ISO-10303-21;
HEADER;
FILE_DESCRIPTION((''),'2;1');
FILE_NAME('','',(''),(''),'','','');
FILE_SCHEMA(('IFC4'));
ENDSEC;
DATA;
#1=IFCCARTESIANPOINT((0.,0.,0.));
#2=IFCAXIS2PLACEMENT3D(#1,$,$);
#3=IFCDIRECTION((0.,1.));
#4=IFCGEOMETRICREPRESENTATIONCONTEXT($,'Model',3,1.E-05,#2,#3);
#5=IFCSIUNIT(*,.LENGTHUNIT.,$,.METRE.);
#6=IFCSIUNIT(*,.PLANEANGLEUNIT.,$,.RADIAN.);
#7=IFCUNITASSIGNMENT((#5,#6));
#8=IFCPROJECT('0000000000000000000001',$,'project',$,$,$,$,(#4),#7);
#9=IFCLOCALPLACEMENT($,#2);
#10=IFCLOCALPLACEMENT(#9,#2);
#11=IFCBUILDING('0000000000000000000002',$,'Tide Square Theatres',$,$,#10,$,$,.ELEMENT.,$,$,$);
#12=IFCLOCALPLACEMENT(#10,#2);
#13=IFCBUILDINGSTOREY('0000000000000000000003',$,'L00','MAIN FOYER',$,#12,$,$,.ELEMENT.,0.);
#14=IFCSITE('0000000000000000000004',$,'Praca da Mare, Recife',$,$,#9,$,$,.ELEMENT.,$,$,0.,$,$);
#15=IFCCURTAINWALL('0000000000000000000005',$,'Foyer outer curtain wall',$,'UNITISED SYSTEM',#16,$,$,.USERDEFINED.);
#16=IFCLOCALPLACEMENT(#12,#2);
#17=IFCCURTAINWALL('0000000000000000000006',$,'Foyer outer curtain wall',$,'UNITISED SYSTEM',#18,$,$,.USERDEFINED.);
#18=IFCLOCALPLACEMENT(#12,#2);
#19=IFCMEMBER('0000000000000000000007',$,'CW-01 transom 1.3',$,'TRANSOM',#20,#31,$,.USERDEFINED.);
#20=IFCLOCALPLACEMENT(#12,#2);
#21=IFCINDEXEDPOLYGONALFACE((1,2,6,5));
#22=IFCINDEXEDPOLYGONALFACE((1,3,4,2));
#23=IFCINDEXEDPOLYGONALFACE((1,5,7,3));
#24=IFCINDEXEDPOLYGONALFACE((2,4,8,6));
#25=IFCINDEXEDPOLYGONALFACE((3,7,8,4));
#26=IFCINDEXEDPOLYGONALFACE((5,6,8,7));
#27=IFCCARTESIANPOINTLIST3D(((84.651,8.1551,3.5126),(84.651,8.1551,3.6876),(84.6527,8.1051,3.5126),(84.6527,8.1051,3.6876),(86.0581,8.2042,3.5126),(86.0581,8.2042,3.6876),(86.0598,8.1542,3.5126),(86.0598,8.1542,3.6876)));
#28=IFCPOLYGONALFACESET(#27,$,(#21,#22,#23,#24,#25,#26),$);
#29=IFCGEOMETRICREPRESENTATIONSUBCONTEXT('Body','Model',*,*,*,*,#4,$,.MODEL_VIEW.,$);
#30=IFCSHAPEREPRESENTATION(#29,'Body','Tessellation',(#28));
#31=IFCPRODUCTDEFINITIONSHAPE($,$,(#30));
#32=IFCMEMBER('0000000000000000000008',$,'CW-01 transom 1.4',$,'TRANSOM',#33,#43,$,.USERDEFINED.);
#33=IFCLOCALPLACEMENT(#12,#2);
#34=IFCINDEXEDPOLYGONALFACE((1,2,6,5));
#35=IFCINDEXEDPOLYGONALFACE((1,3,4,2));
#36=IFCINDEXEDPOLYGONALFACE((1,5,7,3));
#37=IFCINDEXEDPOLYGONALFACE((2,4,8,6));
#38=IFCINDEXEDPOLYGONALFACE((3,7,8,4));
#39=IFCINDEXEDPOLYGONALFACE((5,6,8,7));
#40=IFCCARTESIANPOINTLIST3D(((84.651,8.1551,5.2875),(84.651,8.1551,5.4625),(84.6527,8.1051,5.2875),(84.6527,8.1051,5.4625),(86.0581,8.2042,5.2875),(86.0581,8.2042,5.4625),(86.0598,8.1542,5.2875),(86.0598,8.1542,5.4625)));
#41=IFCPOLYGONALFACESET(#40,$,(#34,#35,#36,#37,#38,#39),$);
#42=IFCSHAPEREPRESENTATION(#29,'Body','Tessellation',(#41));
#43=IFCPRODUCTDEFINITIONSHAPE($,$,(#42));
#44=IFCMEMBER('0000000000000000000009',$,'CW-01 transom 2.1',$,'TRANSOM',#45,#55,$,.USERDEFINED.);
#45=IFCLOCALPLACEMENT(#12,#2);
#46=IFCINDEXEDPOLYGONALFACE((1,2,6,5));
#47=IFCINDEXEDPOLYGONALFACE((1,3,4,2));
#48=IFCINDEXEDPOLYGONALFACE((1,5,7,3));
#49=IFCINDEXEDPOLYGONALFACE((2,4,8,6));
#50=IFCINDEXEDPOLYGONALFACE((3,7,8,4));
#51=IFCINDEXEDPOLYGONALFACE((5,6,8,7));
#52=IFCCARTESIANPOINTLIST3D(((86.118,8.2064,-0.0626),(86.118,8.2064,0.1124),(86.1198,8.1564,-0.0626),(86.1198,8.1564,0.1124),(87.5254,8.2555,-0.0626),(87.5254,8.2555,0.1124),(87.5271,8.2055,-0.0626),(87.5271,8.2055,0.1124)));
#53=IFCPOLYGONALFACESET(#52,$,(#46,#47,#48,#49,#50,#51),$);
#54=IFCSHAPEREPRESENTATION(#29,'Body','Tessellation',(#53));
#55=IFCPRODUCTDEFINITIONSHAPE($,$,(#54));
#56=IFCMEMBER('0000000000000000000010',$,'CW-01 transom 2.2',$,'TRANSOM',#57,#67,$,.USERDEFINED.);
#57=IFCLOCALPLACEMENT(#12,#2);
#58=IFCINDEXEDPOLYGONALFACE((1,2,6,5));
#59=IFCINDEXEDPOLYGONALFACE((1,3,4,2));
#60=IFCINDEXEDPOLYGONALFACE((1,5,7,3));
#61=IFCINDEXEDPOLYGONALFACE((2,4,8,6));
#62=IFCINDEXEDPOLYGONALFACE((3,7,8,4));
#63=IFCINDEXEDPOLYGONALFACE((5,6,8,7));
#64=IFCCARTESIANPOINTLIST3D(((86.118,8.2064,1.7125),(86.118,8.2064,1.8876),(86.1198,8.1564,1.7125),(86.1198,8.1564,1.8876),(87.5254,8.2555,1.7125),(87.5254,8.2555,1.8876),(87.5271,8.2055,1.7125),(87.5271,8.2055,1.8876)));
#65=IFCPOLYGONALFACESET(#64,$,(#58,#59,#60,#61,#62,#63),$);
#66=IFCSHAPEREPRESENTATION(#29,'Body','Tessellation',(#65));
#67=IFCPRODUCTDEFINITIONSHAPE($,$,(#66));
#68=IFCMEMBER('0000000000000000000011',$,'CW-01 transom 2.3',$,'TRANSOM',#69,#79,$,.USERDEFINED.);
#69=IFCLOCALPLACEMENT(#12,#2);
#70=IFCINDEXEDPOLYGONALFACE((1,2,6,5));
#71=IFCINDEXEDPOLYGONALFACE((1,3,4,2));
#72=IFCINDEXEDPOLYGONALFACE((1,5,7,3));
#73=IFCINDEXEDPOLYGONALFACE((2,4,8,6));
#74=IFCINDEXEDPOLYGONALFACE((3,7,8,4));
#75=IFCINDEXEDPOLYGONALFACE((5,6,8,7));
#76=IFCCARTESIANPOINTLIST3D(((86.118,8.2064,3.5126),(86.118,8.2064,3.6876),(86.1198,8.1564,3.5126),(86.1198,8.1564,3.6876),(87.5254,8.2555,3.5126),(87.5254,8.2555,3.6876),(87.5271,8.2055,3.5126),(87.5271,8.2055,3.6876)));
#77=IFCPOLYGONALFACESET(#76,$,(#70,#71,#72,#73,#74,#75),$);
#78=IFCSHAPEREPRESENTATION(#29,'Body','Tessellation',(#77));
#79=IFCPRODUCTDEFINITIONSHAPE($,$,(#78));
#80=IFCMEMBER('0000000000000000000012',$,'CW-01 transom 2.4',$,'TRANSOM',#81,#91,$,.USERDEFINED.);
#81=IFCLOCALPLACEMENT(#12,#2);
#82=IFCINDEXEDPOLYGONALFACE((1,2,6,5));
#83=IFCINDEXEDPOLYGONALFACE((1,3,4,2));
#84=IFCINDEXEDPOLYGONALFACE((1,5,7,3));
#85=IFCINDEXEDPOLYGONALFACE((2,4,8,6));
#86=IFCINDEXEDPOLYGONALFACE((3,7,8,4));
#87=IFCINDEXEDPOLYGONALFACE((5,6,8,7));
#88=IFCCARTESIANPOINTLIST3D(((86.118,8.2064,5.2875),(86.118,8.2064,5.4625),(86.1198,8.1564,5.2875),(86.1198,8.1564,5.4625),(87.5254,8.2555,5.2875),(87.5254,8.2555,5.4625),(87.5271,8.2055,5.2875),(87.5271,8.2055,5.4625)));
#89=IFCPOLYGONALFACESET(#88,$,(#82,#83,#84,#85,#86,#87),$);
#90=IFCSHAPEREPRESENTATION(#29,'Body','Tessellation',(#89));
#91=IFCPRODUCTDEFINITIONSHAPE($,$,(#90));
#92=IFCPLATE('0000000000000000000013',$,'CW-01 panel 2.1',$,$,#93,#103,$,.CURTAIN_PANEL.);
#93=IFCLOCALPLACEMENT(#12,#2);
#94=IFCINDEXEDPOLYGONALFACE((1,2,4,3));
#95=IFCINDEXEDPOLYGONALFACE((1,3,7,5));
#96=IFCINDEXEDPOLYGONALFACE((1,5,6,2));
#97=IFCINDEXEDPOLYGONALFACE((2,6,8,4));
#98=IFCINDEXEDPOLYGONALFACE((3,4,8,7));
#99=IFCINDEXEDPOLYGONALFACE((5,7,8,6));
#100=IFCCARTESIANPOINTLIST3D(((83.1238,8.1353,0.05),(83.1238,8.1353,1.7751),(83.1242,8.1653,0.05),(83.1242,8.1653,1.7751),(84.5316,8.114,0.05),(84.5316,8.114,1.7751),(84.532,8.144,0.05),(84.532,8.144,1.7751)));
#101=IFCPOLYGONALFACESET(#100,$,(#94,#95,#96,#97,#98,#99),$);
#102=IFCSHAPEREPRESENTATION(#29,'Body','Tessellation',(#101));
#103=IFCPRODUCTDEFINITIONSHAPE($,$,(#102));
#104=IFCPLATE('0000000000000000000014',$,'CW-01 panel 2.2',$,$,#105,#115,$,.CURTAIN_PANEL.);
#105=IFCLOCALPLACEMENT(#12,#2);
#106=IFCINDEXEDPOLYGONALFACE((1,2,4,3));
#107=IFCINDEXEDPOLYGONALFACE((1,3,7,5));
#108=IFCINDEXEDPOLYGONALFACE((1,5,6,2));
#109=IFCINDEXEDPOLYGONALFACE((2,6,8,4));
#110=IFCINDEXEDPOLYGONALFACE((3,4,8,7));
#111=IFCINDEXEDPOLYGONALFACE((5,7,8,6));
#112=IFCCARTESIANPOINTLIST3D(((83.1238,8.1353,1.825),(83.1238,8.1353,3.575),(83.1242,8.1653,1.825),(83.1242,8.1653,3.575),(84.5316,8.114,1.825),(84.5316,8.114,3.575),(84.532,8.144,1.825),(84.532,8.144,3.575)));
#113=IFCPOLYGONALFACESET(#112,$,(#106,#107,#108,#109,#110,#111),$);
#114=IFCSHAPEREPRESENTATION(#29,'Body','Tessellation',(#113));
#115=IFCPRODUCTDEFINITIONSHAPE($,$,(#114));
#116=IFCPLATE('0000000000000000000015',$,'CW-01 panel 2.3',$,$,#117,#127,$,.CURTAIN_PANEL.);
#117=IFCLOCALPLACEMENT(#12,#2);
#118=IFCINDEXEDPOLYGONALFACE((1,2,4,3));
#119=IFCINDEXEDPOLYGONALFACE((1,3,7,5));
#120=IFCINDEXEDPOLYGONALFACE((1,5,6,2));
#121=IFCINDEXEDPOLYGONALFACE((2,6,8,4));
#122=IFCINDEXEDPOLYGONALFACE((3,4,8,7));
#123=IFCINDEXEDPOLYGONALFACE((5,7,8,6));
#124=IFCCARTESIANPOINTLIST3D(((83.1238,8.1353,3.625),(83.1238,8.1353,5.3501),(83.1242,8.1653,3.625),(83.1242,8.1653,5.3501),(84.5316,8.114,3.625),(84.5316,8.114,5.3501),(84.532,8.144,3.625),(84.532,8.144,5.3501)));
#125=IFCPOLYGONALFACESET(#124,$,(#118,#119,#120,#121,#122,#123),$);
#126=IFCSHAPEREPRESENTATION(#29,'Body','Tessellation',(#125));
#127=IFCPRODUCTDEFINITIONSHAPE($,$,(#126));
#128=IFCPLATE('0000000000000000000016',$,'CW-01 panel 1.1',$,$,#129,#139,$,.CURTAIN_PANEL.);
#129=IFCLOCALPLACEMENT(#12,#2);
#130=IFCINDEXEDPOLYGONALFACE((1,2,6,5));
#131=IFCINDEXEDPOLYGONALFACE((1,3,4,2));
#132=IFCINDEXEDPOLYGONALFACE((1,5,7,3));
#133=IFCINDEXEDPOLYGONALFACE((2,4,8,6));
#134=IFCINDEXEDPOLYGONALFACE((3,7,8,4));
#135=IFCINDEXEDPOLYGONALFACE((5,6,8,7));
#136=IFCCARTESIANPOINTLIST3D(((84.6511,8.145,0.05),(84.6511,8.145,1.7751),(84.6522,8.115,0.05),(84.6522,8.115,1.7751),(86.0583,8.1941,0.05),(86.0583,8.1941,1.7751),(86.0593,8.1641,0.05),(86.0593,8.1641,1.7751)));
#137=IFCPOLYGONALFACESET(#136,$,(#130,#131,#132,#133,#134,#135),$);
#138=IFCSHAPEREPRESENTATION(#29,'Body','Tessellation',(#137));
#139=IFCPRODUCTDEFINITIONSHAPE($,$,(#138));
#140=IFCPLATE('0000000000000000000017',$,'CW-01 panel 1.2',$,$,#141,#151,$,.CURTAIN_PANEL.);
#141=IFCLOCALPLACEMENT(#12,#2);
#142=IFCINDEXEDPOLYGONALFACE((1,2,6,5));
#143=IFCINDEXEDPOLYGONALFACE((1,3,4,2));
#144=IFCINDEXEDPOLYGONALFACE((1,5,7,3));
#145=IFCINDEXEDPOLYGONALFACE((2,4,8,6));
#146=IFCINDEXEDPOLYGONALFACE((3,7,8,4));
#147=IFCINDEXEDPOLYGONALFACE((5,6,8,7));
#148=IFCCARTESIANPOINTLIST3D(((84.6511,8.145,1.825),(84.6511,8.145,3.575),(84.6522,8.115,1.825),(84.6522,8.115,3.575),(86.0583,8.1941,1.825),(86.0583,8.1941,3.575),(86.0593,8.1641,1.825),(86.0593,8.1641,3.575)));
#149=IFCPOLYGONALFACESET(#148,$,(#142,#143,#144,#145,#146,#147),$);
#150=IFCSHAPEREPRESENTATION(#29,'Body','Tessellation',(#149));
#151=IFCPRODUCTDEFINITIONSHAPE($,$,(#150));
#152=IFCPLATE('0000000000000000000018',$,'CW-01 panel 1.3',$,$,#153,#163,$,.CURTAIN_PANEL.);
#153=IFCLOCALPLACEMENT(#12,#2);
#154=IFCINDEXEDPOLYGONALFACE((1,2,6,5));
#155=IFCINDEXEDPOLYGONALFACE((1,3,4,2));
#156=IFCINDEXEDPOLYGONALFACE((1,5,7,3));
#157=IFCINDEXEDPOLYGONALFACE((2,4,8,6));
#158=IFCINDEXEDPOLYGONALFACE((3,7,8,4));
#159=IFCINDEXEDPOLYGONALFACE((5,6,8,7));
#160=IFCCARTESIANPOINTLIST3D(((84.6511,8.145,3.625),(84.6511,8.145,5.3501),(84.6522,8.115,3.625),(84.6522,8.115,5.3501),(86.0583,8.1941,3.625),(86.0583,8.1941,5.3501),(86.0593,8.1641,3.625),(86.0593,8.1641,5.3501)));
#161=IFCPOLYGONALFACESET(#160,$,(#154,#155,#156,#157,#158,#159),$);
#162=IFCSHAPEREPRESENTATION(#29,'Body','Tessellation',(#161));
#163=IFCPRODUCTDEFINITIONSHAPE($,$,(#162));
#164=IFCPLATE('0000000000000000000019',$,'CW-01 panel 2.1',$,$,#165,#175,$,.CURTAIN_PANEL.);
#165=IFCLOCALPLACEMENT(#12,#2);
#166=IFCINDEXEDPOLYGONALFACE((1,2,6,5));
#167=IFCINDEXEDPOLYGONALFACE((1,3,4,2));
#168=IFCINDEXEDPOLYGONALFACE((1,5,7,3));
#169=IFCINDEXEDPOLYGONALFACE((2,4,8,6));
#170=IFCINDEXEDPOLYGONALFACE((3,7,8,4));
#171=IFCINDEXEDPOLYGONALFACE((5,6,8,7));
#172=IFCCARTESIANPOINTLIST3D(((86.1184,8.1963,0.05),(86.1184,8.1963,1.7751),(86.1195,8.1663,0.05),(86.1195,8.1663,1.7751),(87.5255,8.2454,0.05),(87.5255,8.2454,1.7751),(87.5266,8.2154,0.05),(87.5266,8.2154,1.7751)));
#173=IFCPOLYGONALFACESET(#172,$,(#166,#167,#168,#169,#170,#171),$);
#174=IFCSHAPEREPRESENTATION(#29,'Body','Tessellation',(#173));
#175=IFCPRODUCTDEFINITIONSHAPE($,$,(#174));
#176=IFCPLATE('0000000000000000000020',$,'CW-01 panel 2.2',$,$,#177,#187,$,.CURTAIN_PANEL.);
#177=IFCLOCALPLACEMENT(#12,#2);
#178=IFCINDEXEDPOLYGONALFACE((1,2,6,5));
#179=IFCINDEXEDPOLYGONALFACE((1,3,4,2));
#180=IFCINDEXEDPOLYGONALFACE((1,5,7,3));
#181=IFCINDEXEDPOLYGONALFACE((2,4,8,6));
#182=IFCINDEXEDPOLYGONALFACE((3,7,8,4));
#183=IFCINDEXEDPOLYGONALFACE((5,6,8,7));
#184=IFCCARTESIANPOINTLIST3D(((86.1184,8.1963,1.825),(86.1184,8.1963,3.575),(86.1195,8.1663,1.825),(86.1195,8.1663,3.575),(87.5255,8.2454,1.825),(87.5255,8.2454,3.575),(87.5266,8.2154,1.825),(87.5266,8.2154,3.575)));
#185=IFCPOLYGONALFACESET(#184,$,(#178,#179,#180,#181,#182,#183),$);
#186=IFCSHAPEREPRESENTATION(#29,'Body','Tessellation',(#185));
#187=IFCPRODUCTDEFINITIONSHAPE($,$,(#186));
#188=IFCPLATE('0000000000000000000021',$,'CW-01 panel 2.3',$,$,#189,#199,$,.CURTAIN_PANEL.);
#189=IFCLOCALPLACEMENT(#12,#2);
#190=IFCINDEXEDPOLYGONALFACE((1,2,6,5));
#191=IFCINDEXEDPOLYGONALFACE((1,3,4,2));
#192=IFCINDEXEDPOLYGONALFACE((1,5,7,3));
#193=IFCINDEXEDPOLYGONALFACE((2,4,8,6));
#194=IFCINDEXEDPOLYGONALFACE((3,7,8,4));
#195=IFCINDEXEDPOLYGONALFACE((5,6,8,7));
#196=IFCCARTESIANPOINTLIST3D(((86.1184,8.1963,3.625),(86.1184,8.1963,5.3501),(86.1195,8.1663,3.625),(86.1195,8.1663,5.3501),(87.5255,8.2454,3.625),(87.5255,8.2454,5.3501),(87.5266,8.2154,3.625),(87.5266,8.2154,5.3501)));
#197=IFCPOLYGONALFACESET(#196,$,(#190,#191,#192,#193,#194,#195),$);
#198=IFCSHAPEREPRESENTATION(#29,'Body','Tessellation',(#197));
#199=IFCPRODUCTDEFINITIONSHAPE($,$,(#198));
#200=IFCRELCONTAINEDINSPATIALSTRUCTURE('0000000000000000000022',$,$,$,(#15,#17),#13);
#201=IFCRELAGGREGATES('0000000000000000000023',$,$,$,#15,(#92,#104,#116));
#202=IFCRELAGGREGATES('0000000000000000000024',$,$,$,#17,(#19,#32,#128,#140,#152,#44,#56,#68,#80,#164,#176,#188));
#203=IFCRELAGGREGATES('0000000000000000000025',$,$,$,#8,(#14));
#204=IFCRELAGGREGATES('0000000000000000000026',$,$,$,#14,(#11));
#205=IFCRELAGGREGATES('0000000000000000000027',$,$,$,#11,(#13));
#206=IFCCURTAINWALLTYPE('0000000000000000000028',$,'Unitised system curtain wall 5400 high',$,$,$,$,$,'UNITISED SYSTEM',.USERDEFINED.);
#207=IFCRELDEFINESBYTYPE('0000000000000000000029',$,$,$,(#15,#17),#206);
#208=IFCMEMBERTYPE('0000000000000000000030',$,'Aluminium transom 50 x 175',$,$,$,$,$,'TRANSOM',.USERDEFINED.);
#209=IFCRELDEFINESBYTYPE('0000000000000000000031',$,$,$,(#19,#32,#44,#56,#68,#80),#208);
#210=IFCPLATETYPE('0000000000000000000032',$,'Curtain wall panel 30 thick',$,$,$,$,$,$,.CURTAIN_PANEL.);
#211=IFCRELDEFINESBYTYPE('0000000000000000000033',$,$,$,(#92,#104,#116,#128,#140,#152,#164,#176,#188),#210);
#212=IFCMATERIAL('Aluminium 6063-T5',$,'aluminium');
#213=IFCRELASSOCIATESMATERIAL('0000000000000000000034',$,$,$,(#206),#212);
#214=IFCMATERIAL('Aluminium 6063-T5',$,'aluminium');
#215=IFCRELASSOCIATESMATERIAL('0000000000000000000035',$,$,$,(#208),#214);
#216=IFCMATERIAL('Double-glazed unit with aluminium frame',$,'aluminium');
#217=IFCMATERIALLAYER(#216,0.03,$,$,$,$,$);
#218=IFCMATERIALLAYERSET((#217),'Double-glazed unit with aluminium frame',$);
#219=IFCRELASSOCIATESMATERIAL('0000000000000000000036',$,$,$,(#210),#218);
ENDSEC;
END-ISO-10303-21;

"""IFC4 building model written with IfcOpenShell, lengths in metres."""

from ifc_helpers import new_model, si_unit, direction, frame, origin, origin_2d, place, context, subcontext, project, spatial, rectangle, extrude, material, layer, layer_set, material_profile, profile_set, type_object, element, aggregate, save


model = new_model("IFC4")

# Units and contexts
model_context = context("Model", 3, precision=1e-05, world=origin(), true_north=direction((0.0, 1.0)))
body_context = subcontext(model_context, "Body", "Model", "MODEL_VIEW")
ifc_project = project(units=[si_unit("LENGTHUNIT", "METRE"), si_unit("PLANEANGLEUNIT", "RADIAN")], contexts=[model_context])

# Site, building, storey
site_placement = place(None, origin())
site = spatial("IfcSite", under=ifc_project, at=site_placement, Name="Praca da Mare, Recife", CompositionType="ELEMENT", RefElevation=0.0)
building_placement = place(site_placement, origin())
building = spatial("IfcBuilding", under=site, at=building_placement, Name="Tide Square Theatres", CompositionType="ELEMENT")
storey_placement = place(building_placement, origin())
storey = spatial("IfcBuildingStorey", under=building, at=storey_placement, Name="L00", Description="MAIN FOYER", CompositionType="ELEMENT", Elevation=0.0)

# Curtain wall
ifc_material_1 = material(Name="Aluminium 6063-T5", Category="aluminium")
curtain_wall_type = type_object("IfcCurtainWallType", Name="Unitised system curtain wall 5400 high", ElementType="UNITISED SYSTEM", PredefinedType="USERDEFINED", material=ifc_material_1)
curtain_wall_1_placement = place(storey_placement, origin())
curtain_wall_1 = element("IfcCurtainWall", 1, at=curtain_wall_1_placement, inside=storey, type_object=curtain_wall_type, Name="Foyer outer curtain wall", ObjectType="UNITISED SYSTEM", PredefinedType="USERDEFINED")

# Curtain wall
curtain_wall_2_placement = place(storey_placement, origin())
curtain_wall_2 = element("IfcCurtainWall", 2, at=curtain_wall_2_placement, inside=storey, type_object=curtain_wall_type, Name="Foyer outer curtain wall", ObjectType="UNITISED SYSTEM", PredefinedType="USERDEFINED")

# Members
ifc_material_2 = material(Name="Aluminium 6063-T5", Category="aluminium")
ifc_material_profile_1 = material_profile(ifc_material_2, rectangle(XDim=0.05, YDim=0.175, at=origin_2d()))
ifc_profile_set_1 = profile_set([ifc_material_profile_1], Name="Aluminium 6063-T5")
member_type_1 = type_object("IfcMemberType", Name="Aluminium transom 50 x 175", ElementType="TRANSOM", PredefinedType="USERDEFINED", material=ifc_profile_set_1)
member_1_placement = place(storey_placement, frame((84.6519, 8.1301, 3.6001), z_axis=(0.999392, 0.034856, 0.0), x_axis=(-0.034856, 0.999392, 0.0)))
member_1 = element("IfcMember", 3, at=member_1_placement, type_object=member_type_1, Name="CW-01 transom 1.3", ObjectType="TRANSOM", PredefinedType="USERDEFINED", context=body_context, shape_type="SweptSolid", body=[
    extrude(rectangle(XDim=0.05, YDim=0.175, at=origin_2d()), origin(), (0.0, 0.0, 1.0), 1.408),
])
member_2_placement = place(storey_placement, frame((84.6519, 8.1301, 5.375), z_axis=(0.999392, 0.034856, 0.0), x_axis=(-0.034856, 0.999392, 0.0)))
member_2 = element("IfcMember", 4, at=member_2_placement, type_object=member_type_1, Name="CW-01 transom 1.4", ObjectType="TRANSOM", PredefinedType="USERDEFINED", context=body_context, shape_type="SweptSolid", body=[
    extrude(rectangle(XDim=0.05, YDim=0.175, at=origin_2d()), origin(), (0.0, 0.0, 1.0), 1.408),
])
member_3_placement = place(storey_placement, frame((86.1189, 8.1814, 0.0249), z_axis=(0.999393, 0.03485, 0.0), x_axis=(-0.03485, 0.999393, 0.0)))
member_3 = element("IfcMember", 5, at=member_3_placement, type_object=member_type_1, Name="CW-01 transom 2.1", ObjectType="TRANSOM", PredefinedType="USERDEFINED", context=body_context, shape_type="SweptSolid", body=[
    extrude(rectangle(XDim=0.05, YDim=0.175, at=origin_2d()), origin(), (0.0, 0.0, 1.0), 1.4082),
])
member_4_placement = place(storey_placement, frame((86.1189, 8.1814, 1.8), z_axis=(0.999393, 0.03485, 0.0), x_axis=(-0.03485, 0.999393, 0.0)))
member_4 = element("IfcMember", 6, at=member_4_placement, type_object=member_type_1, Name="CW-01 transom 2.2", ObjectType="TRANSOM", PredefinedType="USERDEFINED", context=body_context, shape_type="SweptSolid", body=[
    extrude(rectangle(XDim=0.05, YDim=0.175, at=origin_2d()), origin(), (0.0, 0.0, 1.0), 1.4082),
])
member_5_placement = place(storey_placement, frame((86.1189, 8.1814, 3.6001), z_axis=(0.999393, 0.03485, 0.0), x_axis=(-0.03485, 0.999393, 0.0)))
member_5 = element("IfcMember", 7, at=member_5_placement, type_object=member_type_1, Name="CW-01 transom 2.3", ObjectType="TRANSOM", PredefinedType="USERDEFINED", context=body_context, shape_type="SweptSolid", body=[
    extrude(rectangle(XDim=0.05, YDim=0.175, at=origin_2d()), origin(), (0.0, 0.0, 1.0), 1.4082),
])
member_6_placement = place(storey_placement, frame((86.1189, 8.1814, 5.375), z_axis=(0.999393, 0.03485, 0.0), x_axis=(-0.03485, 0.999393, 0.0)))
member_6 = element("IfcMember", 8, at=member_6_placement, type_object=member_type_1, Name="CW-01 transom 2.4", ObjectType="TRANSOM", PredefinedType="USERDEFINED", context=body_context, shape_type="SweptSolid", body=[
    extrude(rectangle(XDim=0.05, YDim=0.175, at=origin_2d()), origin(), (0.0, 0.0, 1.0), 1.4082),
])

# Plates
ifc_material_3 = material(Name="Double-glazed unit with aluminium frame", Category="aluminium")
ifc_layer_1 = layer(ifc_material_3, 0.03)
ifc_layer_set_1 = layer_set([ifc_layer_1], Name="Double-glazed unit with aluminium frame")
plate_type = type_object("IfcPlateType", Name="Curtain wall panel 30 thick", PredefinedType="CURTAIN_PANEL", material=ifc_layer_set_1)
plate_1_placement = place(storey_placement, frame((83.8279, 8.1396, 0.05), z_axis=(0.0, 0.0, 1.0), x_axis=(0.999886, -0.01512, 0.0)))
plate_1 = element("IfcPlate", 9, at=plate_1_placement, type_object=plate_type, Name="CW-01 panel 2.1", PredefinedType="CURTAIN_PANEL", context=body_context, shape_type="SweptSolid", body=[
    extrude(rectangle(XDim=1.408, YDim=0.03, at=origin_2d()), origin(), (0.0, 0.0, 1.0), 1.7251),
])
plate_2_placement = place(storey_placement, frame((83.8279, 8.1396, 1.825), z_axis=(0.0, 0.0, 1.0), x_axis=(0.999886, -0.01512, 0.0)))
plate_2 = element("IfcPlate", 10, at=plate_2_placement, type_object=plate_type, Name="CW-01 panel 2.2", PredefinedType="CURTAIN_PANEL", context=body_context, shape_type="SweptSolid", body=[
    extrude(rectangle(XDim=1.408, YDim=0.03, at=origin_2d()), origin(), (0.0, 0.0, 1.0), 1.75),
])
plate_3_placement = place(storey_placement, frame((83.8279, 8.1396, 3.625), z_axis=(0.0, 0.0, 1.0), x_axis=(0.999886, -0.01512, 0.0)))
plate_3 = element("IfcPlate", 11, at=plate_3_placement, type_object=plate_type, Name="CW-01 panel 2.3", PredefinedType="CURTAIN_PANEL", context=body_context, shape_type="SweptSolid", body=[
    extrude(rectangle(XDim=1.408, YDim=0.03, at=origin_2d()), origin(), (0.0, 0.0, 1.0), 1.7251),
])
aggregate(curtain_wall_1, [plate_1, plate_2, plate_3])
plate_4_placement = place(storey_placement, frame((85.3552, 8.1545, 0.05), z_axis=(0.0, 0.0, 1.0), x_axis=(0.999392, 0.03488, 0.0)))
plate_4 = element("IfcPlate", 12, at=plate_4_placement, type_object=plate_type, Name="CW-01 panel 1.1", PredefinedType="CURTAIN_PANEL", context=body_context, shape_type="SweptSolid", body=[
    extrude(rectangle(XDim=1.408, YDim=0.03, at=origin_2d()), origin(), (0.0, 0.0, 1.0), 1.7251),
])
plate_5_placement = place(storey_placement, frame((85.3552, 8.1545, 1.825), z_axis=(0.0, 0.0, 1.0), x_axis=(0.999392, 0.03488, 0.0)))
plate_5 = element("IfcPlate", 13, at=plate_5_placement, type_object=plate_type, Name="CW-01 panel 1.2", PredefinedType="CURTAIN_PANEL", context=body_context, shape_type="SweptSolid", body=[
    extrude(rectangle(XDim=1.408, YDim=0.03, at=origin_2d()), origin(), (0.0, 0.0, 1.0), 1.75),
])
plate_6_placement = place(storey_placement, frame((85.3552, 8.1545, 3.625), z_axis=(0.0, 0.0, 1.0), x_axis=(0.999392, 0.03488, 0.0)))
plate_6 = element("IfcPlate", 14, at=plate_6_placement, type_object=plate_type, Name="CW-01 panel 1.3", PredefinedType="CURTAIN_PANEL", context=body_context, shape_type="SweptSolid", body=[
    extrude(rectangle(XDim=1.408, YDim=0.03, at=origin_2d()), origin(), (0.0, 0.0, 1.0), 1.7251),
])
plate_7_placement = place(storey_placement, frame((86.8225, 8.2058, 0.05), z_axis=(0.0, 0.0, 1.0), x_axis=(0.999392, 0.03488, 0.0)))
plate_7 = element("IfcPlate", 15, at=plate_7_placement, type_object=plate_type, Name="CW-01 panel 2.1", PredefinedType="CURTAIN_PANEL", context=body_context, shape_type="SweptSolid", body=[
    extrude(rectangle(XDim=1.408, YDim=0.03, at=origin_2d()), origin(), (0.0, 0.0, 1.0), 1.7251),
])
plate_8_placement = place(storey_placement, frame((86.8225, 8.2058, 1.825), z_axis=(0.0, 0.0, 1.0), x_axis=(0.999392, 0.03488, 0.0)))
plate_8 = element("IfcPlate", 16, at=plate_8_placement, type_object=plate_type, Name="CW-01 panel 2.2", PredefinedType="CURTAIN_PANEL", context=body_context, shape_type="SweptSolid", body=[
    extrude(rectangle(XDim=1.408, YDim=0.03, at=origin_2d()), origin(), (0.0, 0.0, 1.0), 1.75),
])
plate_9_placement = place(storey_placement, frame((86.8225, 8.2058, 3.625), z_axis=(0.0, 0.0, 1.0), x_axis=(0.999392, 0.03488, 0.0)))
plate_9 = element("IfcPlate", 17, at=plate_9_placement, type_object=plate_type, Name="CW-01 panel 2.3", PredefinedType="CURTAIN_PANEL", context=body_context, shape_type="SweptSolid", body=[
    extrude(rectangle(XDim=1.408, YDim=0.03, at=origin_2d()), origin(), (0.0, 0.0, 1.0), 1.7251),
])
aggregate(curtain_wall_2, [member_1, member_2, plate_4, plate_5, plate_6, member_3, member_4, member_5, member_6, plate_7, plate_8, plate_9])

save(model, "model.ifc")
